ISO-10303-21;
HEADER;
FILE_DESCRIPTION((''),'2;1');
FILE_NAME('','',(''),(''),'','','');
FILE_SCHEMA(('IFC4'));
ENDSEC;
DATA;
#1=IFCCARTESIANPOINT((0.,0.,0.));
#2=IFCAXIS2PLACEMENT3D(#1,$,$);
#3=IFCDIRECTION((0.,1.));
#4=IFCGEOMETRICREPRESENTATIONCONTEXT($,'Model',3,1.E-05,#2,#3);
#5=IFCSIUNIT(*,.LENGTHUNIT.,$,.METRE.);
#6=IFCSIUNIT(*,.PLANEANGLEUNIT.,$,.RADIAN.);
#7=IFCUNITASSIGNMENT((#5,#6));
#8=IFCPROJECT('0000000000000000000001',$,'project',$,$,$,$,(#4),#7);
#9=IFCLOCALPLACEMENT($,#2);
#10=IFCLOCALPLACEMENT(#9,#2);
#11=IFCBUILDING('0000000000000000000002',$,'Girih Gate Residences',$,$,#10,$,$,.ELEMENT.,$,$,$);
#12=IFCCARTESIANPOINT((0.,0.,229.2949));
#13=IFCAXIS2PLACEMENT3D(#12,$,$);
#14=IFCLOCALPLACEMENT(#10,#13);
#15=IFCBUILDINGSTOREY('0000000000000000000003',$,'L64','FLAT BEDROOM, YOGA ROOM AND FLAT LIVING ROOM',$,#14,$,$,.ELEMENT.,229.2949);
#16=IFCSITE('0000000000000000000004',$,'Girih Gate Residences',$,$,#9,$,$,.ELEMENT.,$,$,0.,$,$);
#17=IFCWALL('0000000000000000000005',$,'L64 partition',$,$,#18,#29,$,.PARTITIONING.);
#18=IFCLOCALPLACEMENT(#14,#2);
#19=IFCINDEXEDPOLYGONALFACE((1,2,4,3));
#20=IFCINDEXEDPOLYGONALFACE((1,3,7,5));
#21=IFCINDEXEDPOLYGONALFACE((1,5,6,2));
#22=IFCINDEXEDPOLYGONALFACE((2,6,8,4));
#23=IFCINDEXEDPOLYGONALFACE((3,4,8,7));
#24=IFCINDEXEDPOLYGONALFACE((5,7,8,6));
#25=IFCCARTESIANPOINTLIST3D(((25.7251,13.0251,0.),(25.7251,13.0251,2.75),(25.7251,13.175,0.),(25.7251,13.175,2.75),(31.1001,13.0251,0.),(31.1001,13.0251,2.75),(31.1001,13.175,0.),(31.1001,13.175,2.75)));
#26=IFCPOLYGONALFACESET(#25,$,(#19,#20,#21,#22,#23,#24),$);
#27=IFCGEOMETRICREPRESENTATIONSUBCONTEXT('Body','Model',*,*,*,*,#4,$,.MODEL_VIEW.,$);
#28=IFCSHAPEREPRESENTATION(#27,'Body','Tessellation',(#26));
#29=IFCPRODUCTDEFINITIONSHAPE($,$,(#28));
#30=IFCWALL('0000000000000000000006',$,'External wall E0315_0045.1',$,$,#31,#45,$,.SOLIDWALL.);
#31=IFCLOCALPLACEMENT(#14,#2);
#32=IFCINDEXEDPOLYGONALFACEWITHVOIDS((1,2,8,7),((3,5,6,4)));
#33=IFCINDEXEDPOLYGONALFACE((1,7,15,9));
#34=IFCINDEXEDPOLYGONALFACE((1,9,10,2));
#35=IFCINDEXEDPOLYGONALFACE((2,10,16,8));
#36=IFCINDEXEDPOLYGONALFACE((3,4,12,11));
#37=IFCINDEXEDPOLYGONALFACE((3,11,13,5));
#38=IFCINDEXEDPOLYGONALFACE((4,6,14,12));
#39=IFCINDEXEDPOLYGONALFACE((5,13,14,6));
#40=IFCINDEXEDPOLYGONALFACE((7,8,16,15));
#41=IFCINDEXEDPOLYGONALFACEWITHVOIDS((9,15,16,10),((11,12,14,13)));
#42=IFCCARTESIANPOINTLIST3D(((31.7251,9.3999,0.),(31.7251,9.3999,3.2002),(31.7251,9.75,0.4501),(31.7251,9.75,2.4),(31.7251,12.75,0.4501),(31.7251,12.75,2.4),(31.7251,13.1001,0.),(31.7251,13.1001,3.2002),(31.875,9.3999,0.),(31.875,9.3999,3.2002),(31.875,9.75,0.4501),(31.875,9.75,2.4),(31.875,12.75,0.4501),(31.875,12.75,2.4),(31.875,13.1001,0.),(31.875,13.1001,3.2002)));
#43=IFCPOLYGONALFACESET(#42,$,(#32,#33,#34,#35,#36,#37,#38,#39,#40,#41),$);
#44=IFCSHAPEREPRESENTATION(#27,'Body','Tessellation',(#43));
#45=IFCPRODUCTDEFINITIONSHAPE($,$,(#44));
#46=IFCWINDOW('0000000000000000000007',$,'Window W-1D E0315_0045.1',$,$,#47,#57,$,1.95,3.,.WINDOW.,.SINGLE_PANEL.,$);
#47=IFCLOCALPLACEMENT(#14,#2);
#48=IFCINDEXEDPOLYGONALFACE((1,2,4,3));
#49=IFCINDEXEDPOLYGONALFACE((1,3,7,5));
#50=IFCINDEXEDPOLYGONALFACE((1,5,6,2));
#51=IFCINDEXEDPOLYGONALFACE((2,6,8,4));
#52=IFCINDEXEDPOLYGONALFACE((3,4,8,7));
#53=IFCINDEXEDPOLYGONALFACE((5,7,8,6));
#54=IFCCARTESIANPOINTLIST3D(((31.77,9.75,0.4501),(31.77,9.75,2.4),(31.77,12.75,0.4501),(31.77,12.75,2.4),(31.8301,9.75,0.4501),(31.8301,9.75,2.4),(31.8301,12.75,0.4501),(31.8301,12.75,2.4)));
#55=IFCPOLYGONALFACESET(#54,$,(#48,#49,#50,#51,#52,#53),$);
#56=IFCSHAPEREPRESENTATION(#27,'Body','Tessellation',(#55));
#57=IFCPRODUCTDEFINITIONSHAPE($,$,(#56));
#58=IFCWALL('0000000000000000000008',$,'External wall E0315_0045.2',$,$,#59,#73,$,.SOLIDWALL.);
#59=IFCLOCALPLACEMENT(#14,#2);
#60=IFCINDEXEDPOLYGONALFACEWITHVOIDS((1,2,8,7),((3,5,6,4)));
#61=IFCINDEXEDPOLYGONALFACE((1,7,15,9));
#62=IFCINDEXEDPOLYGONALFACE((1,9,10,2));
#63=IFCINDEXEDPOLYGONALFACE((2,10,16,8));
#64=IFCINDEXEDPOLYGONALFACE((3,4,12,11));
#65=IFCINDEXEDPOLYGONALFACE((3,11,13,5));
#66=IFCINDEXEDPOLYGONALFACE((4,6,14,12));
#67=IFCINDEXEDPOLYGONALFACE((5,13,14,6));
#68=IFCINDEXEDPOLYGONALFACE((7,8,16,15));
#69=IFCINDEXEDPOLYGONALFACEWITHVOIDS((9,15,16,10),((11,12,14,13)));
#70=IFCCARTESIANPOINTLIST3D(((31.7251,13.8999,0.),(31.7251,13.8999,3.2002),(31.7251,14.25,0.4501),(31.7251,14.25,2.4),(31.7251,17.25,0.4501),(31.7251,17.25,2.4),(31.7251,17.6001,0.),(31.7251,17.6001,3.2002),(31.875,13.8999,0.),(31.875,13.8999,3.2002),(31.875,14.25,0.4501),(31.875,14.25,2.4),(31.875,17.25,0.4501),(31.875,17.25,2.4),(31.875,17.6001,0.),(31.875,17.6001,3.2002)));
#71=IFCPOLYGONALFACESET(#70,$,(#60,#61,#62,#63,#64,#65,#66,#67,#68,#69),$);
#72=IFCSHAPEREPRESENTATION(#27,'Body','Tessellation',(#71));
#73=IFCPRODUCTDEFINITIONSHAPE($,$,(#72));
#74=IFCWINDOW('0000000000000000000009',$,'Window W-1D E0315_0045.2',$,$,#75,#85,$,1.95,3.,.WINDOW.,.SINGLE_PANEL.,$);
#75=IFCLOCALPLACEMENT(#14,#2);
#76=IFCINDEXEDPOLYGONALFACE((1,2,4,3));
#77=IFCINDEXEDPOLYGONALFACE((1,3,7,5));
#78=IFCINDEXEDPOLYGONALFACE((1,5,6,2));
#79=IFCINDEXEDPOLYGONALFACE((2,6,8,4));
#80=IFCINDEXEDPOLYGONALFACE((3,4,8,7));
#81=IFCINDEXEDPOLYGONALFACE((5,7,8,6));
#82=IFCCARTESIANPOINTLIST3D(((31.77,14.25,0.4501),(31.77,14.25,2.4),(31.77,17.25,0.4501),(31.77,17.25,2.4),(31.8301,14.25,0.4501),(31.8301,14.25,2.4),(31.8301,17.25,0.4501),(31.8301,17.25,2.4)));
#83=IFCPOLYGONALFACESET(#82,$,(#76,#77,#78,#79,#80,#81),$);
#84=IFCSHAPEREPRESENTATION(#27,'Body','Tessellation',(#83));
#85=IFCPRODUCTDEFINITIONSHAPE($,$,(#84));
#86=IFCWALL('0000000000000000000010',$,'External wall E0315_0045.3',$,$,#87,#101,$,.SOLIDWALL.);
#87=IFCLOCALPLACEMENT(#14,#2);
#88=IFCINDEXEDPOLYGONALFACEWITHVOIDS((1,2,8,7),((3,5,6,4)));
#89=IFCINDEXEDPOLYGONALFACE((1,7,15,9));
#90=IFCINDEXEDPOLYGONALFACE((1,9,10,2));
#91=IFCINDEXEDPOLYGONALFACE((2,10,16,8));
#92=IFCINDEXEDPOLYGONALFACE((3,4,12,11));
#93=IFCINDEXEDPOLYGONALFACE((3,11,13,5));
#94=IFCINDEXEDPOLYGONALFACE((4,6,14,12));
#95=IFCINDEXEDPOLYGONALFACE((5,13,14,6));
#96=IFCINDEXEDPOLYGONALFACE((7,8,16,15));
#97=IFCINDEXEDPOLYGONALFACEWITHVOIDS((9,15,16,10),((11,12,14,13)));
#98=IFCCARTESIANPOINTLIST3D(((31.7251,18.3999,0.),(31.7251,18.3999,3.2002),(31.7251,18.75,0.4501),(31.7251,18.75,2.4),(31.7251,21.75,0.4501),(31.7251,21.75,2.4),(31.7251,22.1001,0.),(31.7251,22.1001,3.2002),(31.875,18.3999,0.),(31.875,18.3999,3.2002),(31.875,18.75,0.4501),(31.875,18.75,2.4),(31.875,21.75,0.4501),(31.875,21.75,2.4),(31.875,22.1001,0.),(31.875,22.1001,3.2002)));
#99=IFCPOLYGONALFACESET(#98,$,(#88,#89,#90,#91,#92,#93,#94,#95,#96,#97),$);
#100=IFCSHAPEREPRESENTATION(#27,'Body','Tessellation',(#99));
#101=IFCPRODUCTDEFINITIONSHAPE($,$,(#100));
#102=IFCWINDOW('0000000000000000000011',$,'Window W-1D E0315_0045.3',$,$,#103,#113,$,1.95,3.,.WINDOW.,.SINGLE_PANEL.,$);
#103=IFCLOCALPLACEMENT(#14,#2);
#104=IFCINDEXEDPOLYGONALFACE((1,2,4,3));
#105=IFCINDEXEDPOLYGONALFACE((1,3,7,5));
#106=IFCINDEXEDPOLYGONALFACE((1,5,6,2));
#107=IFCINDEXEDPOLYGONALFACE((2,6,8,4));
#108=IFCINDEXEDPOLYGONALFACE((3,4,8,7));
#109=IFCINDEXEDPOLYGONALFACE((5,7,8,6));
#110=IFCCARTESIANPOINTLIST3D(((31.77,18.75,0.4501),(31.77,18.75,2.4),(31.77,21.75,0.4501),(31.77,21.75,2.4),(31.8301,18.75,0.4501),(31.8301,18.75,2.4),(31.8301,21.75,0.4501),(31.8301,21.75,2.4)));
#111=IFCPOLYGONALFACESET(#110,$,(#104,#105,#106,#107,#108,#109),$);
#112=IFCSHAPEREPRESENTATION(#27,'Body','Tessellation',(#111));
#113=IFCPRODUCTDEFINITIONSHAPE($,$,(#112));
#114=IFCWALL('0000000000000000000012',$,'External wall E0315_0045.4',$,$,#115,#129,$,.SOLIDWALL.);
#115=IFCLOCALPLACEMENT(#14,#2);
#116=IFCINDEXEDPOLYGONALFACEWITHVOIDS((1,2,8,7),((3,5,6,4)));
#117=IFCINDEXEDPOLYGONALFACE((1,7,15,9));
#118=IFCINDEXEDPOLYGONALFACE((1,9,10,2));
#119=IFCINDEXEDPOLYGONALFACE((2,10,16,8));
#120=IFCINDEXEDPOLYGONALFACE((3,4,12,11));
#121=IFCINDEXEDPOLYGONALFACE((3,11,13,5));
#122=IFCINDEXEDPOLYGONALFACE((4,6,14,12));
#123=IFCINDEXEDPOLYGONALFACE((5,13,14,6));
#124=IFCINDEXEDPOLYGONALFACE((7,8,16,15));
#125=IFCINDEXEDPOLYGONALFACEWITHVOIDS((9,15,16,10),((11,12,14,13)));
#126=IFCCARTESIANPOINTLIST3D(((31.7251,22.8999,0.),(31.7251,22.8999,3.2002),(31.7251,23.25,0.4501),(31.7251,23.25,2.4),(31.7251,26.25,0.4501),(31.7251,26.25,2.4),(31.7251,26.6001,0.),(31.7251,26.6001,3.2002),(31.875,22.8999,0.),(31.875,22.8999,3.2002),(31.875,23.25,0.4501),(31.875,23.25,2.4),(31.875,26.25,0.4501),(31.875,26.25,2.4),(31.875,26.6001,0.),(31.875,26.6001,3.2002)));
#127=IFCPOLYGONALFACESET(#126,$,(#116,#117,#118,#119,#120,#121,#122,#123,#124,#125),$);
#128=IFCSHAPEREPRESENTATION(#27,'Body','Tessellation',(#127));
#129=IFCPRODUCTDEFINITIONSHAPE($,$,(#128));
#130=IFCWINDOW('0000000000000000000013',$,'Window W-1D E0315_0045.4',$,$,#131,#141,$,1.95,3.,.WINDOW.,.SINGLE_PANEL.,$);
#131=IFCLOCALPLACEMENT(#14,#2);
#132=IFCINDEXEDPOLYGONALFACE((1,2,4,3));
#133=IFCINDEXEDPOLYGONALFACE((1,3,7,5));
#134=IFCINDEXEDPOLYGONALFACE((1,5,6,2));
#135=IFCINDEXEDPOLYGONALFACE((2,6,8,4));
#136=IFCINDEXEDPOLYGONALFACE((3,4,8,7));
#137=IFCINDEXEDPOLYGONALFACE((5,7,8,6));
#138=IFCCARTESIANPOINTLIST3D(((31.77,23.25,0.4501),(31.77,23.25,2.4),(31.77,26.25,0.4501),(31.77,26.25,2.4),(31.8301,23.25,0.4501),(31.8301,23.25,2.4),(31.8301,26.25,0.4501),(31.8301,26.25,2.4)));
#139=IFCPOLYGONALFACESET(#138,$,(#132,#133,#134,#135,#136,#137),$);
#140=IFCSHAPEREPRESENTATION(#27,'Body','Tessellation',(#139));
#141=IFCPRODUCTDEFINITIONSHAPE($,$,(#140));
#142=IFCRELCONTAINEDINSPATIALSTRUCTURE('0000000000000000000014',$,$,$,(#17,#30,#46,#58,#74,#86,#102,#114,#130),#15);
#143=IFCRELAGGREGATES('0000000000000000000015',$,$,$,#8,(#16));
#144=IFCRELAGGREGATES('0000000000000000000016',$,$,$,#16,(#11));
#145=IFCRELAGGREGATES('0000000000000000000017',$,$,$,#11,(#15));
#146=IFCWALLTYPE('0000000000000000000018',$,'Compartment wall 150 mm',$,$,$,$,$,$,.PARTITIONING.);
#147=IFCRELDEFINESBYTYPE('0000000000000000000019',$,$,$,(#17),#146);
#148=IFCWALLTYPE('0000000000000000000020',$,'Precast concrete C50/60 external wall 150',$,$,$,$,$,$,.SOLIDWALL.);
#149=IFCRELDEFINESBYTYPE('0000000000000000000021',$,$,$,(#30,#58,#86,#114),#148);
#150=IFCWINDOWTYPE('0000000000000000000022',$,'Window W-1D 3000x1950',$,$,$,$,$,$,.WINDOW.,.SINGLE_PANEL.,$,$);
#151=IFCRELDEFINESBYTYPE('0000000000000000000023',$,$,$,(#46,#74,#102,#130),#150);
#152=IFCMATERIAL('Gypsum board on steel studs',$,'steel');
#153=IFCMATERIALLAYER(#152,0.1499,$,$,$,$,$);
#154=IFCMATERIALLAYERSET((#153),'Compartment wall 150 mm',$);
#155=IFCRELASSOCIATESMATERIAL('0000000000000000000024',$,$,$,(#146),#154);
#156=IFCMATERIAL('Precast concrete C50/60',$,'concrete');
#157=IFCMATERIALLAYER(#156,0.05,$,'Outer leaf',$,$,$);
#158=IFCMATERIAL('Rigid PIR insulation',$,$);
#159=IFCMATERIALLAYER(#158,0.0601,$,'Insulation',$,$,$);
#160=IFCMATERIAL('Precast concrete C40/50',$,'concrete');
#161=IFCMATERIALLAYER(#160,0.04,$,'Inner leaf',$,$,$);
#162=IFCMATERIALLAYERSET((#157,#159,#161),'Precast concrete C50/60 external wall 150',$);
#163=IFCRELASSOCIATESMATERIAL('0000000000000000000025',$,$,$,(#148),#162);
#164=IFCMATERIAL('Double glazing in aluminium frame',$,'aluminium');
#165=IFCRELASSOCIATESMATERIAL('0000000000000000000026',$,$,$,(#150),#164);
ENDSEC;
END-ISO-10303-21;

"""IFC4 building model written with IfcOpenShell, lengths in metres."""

from ifc_helpers import new_model, si_unit, direction, frame, frame_2d, origin, place, context, subcontext, project, spatial, rectangle, extrude, material, layer, layer_set, type_object, element, fill, save


model = new_model("IFC4")

# Units and contexts
model_context = context("Model", 3, precision=1e-05, world=origin(), true_north=direction((0.0, 1.0)))
body_context = subcontext(model_context, "Body", "Model", "MODEL_VIEW")
ifc_project = project(units=[si_unit("LENGTHUNIT", "METRE"), si_unit("PLANEANGLEUNIT", "RADIAN")], contexts=[model_context])

# Site, building, storey
site_placement = place(None, origin())
site = spatial("IfcSite", under=ifc_project, at=site_placement, Name="Girih Gate Residences", CompositionType="ELEMENT", RefElevation=0.0)
building_placement = place(site_placement, origin())
building = spatial("IfcBuilding", under=site, at=building_placement, Name="Girih Gate Residences", CompositionType="ELEMENT")
storey_placement = place(building_placement, frame((0.0, 0.0, 229.2949)))
storey = spatial("IfcBuildingStorey", under=building, at=storey_placement, Name="L64", Description="FLAT BEDROOM, YOGA ROOM AND FLAT LIVING ROOM", CompositionType="ELEMENT", Elevation=229.2949)

# Shared definitions
ifc_material_1 = material(Name="Gypsum board on steel studs", Category="steel")
ifc_layer_1 = layer(ifc_material_1, 0.1499)
ifc_layer_set_1 = layer_set([ifc_layer_1], Name="Compartment wall 150 mm")
wall_type_1 = type_object("IfcWallType", Name="Compartment wall 150 mm", PredefinedType="PARTITIONING", material=ifc_layer_set_1)

# Wall
wall_1_placement = place(storey_placement, frame((25.7251, 13.1001, 0.0), z_axis=(0.0, 0.0, 1.0), x_axis=(1.0, 0.0, 0.0)))
element("IfcWall", 1, at=wall_1_placement, inside=storey, type_object=wall_type_1, Name="L64 partition", PredefinedType="PARTITIONING", context=body_context, shape_type="SweptSolid", body=[
    extrude(rectangle(XDim=5.375, YDim=0.1499, at=frame_2d((2.6875, 0.0))), origin(), (0.0, 0.0, 1.0), 2.75),
])

# Walls, openings, windows
ifc_material_2 = material(Name="Precast concrete C50/60", Category="concrete")
ifc_layer_2 = layer(ifc_material_2, 0.05, Name="Outer leaf")
ifc_material_3 = material(Name="Rigid PIR insulation")
ifc_layer_3 = layer(ifc_material_3, 0.0601, Name="Insulation")
ifc_material_4 = material(Name="Precast concrete C40/50", Category="concrete")
ifc_layer_4 = layer(ifc_material_4, 0.04, Name="Inner leaf")
ifc_layer_set_2 = layer_set([ifc_layer_2, ifc_layer_3, ifc_layer_4], Name="Precast concrete C50/60 external wall 150")
wall_type_2 = type_object("IfcWallType", Name="Precast concrete C50/60 external wall 150", PredefinedType="SOLIDWALL", material=ifc_layer_set_2)
wall_2_placement = place(storey_placement, frame((31.8, 13.1001, 0.0), z_axis=(0.0, 0.0, 1.0), x_axis=(0.0, -1.0, 0.0)))
wall_2 = element("IfcWall", 2, at=wall_2_placement, inside=storey, type_object=wall_type_2, Name="External wall E0315_0045.1", PredefinedType="SOLIDWALL", context=body_context, shape_type="SweptSolid", body=[
    extrude(rectangle(XDim=3.7002, YDim=0.1499, at=frame_2d((1.8501, 0.0))), origin(), (0.0, 0.0, 1.0), 3.2002),
])
opening_1_placement = place(wall_2_placement, frame((0.3501, 0.0, 0.45)))
opening_1 = element("IfcOpeningElement", 3, at=opening_1_placement, cuts=wall_2, PredefinedType="OPENING", context=body_context, shape_type="SweptSolid", body=[
    extrude(rectangle(XDim=3.0, YDim=1.95, at=frame_2d((1.5, 0.9751))), frame((0.0, 0.085, 0.0), z_axis=(0.0, -1.0, 0.0), x_axis=(1.0, 0.0, 0.0)), (0.0, 0.0, 1.0), 0.1699),
])
ifc_material_5 = material(Name="Double glazing in aluminium frame", Category="aluminium")
window_type = type_object("IfcWindowType", Name="Window W-1D 3000x1950", PartitioningType="SINGLE_PANEL", PredefinedType="WINDOW", material=ifc_material_5)
window_1_placement = place(opening_1_placement, origin())
window_1 = element("IfcWindow", 4, at=window_1_placement, inside=storey, type_object=window_type, Name="Window W-1D E0315_0045.1", OverallHeight=1.95, OverallWidth=3.0, PartitioningType="SINGLE_PANEL", PredefinedType="WINDOW", context=body_context, shape_type="SweptSolid", body=[
    extrude(rectangle(XDim=3.0, YDim=1.95, at=frame_2d((1.5, 0.9751))), frame((0.0, 0.03, 0.0), z_axis=(0.0, -1.0, 0.0), x_axis=(1.0, 0.0, 0.0)), (0.0, 0.0, 1.0), 0.0601),
])
fill(opening_1, window_1)
wall_3_placement = place(storey_placement, frame((31.8, 17.6001, 0.0), z_axis=(0.0, 0.0, 1.0), x_axis=(0.0, -1.0, 0.0)))
wall_3 = element("IfcWall", 5, at=wall_3_placement, inside=storey, type_object=wall_type_2, Name="External wall E0315_0045.2", PredefinedType="SOLIDWALL", context=body_context, shape_type="SweptSolid", body=[
    extrude(rectangle(XDim=3.7002, YDim=0.1499, at=frame_2d((1.8501, 0.0))), origin(), (0.0, 0.0, 1.0), 3.2002),
])
opening_2_placement = place(wall_3_placement, frame((0.3501, 0.0, 0.45)))
opening_2 = element("IfcOpeningElement", 6, at=opening_2_placement, cuts=wall_3, PredefinedType="OPENING", context=body_context, shape_type="SweptSolid", body=[
    extrude(rectangle(XDim=3.0, YDim=1.95, at=frame_2d((1.5, 0.9751))), frame((0.0, 0.085, 0.0), z_axis=(0.0, -1.0, 0.0), x_axis=(1.0, 0.0, 0.0)), (0.0, 0.0, 1.0), 0.1699),
])
window_2_placement = place(opening_2_placement, origin())
window_2 = element("IfcWindow", 7, at=window_2_placement, inside=storey, type_object=window_type, Name="Window W-1D E0315_0045.2", OverallHeight=1.95, OverallWidth=3.0, PartitioningType="SINGLE_PANEL", PredefinedType="WINDOW", context=body_context, shape_type="SweptSolid", body=[
    extrude(rectangle(XDim=3.0, YDim=1.95, at=frame_2d((1.5, 0.9751))), frame((0.0, 0.03, 0.0), z_axis=(0.0, -1.0, 0.0), x_axis=(1.0, 0.0, 0.0)), (0.0, 0.0, 1.0), 0.0601),
])
fill(opening_2, window_2)
wall_4_placement = place(storey_placement, frame((31.8, 22.1001, 0.0), z_axis=(0.0, 0.0, 1.0), x_axis=(0.0, -1.0, 0.0)))
wall_4 = element("IfcWall", 8, at=wall_4_placement, inside=storey, type_object=wall_type_2, Name="External wall E0315_0045.3", PredefinedType="SOLIDWALL", context=body_context, shape_type="SweptSolid", body=[
    extrude(rectangle(XDim=3.7002, YDim=0.1499, at=frame_2d((1.8501, 0.0))), origin(), (0.0, 0.0, 1.0), 3.2002),
])
opening_3_placement = place(wall_4_placement, frame((0.3501, 0.0, 0.45)))
opening_3 = element("IfcOpeningElement", 9, at=opening_3_placement, cuts=wall_4, PredefinedType="OPENING", context=body_context, shape_type="SweptSolid", body=[
    extrude(rectangle(XDim=3.0, YDim=1.95, at=frame_2d((1.5, 0.9751))), frame((0.0, 0.085, 0.0), z_axis=(0.0, -1.0, 0.0), x_axis=(1.0, 0.0, 0.0)), (0.0, 0.0, 1.0), 0.1699),
])
window_3_placement = place(opening_3_placement, origin())
window_3 = element("IfcWindow", 10, at=window_3_placement, inside=storey, type_object=window_type, Name="Window W-1D E0315_0045.3", OverallHeight=1.95, OverallWidth=3.0, PartitioningType="SINGLE_PANEL", PredefinedType="WINDOW", context=body_context, shape_type="SweptSolid", body=[
    extrude(rectangle(XDim=3.0, YDim=1.95, at=frame_2d((1.5, 0.9751))), frame((0.0, 0.03, 0.0), z_axis=(0.0, -1.0, 0.0), x_axis=(1.0, 0.0, 0.0)), (0.0, 0.0, 1.0), 0.0601),
])
fill(opening_3, window_3)
wall_5_placement = place(storey_placement, frame((31.8, 26.6001, 0.0), z_axis=(0.0, 0.0, 1.0), x_axis=(0.0, -1.0, 0.0)))
wall_5 = element("IfcWall", 11, at=wall_5_placement, inside=storey, type_object=wall_type_2, Name="External wall E0315_0045.4", PredefinedType="SOLIDWALL", context=body_context, shape_type="SweptSolid", body=[
    extrude(rectangle(XDim=3.7002, YDim=0.1499, at=frame_2d((1.8501, 0.0))), origin(), (0.0, 0.0, 1.0), 3.2002),
])
opening_4_placement = place(wall_5_placement, frame((0.3501, 0.0, 0.45)))
opening_4 = element("IfcOpeningElement", 12, at=opening_4_placement, cuts=wall_5, PredefinedType="OPENING", context=body_context, shape_type="SweptSolid", body=[
    extrude(rectangle(XDim=3.0, YDim=1.95, at=frame_2d((1.5, 0.9751))), frame((0.0, 0.085, 0.0), z_axis=(0.0, -1.0, 0.0), x_axis=(1.0, 0.0, 0.0)), (0.0, 0.0, 1.0), 0.1699),
])
window_4_placement = place(opening_4_placement, origin())
window_4 = element("IfcWindow", 13, at=window_4_placement, inside=storey, type_object=window_type, Name="Window W-1D E0315_0045.4", OverallHeight=1.95, OverallWidth=3.0, PartitioningType="SINGLE_PANEL", PredefinedType="WINDOW", context=body_context, shape_type="SweptSolid", body=[
    extrude(rectangle(XDim=3.0, YDim=1.95, at=frame_2d((1.5, 0.9751))), frame((0.0, 0.03, 0.0), z_axis=(0.0, -1.0, 0.0), x_axis=(1.0, 0.0, 0.0)), (0.0, 0.0, 1.0), 0.0601),
])
fill(opening_4, window_4)

save(model, "model.ifc")
